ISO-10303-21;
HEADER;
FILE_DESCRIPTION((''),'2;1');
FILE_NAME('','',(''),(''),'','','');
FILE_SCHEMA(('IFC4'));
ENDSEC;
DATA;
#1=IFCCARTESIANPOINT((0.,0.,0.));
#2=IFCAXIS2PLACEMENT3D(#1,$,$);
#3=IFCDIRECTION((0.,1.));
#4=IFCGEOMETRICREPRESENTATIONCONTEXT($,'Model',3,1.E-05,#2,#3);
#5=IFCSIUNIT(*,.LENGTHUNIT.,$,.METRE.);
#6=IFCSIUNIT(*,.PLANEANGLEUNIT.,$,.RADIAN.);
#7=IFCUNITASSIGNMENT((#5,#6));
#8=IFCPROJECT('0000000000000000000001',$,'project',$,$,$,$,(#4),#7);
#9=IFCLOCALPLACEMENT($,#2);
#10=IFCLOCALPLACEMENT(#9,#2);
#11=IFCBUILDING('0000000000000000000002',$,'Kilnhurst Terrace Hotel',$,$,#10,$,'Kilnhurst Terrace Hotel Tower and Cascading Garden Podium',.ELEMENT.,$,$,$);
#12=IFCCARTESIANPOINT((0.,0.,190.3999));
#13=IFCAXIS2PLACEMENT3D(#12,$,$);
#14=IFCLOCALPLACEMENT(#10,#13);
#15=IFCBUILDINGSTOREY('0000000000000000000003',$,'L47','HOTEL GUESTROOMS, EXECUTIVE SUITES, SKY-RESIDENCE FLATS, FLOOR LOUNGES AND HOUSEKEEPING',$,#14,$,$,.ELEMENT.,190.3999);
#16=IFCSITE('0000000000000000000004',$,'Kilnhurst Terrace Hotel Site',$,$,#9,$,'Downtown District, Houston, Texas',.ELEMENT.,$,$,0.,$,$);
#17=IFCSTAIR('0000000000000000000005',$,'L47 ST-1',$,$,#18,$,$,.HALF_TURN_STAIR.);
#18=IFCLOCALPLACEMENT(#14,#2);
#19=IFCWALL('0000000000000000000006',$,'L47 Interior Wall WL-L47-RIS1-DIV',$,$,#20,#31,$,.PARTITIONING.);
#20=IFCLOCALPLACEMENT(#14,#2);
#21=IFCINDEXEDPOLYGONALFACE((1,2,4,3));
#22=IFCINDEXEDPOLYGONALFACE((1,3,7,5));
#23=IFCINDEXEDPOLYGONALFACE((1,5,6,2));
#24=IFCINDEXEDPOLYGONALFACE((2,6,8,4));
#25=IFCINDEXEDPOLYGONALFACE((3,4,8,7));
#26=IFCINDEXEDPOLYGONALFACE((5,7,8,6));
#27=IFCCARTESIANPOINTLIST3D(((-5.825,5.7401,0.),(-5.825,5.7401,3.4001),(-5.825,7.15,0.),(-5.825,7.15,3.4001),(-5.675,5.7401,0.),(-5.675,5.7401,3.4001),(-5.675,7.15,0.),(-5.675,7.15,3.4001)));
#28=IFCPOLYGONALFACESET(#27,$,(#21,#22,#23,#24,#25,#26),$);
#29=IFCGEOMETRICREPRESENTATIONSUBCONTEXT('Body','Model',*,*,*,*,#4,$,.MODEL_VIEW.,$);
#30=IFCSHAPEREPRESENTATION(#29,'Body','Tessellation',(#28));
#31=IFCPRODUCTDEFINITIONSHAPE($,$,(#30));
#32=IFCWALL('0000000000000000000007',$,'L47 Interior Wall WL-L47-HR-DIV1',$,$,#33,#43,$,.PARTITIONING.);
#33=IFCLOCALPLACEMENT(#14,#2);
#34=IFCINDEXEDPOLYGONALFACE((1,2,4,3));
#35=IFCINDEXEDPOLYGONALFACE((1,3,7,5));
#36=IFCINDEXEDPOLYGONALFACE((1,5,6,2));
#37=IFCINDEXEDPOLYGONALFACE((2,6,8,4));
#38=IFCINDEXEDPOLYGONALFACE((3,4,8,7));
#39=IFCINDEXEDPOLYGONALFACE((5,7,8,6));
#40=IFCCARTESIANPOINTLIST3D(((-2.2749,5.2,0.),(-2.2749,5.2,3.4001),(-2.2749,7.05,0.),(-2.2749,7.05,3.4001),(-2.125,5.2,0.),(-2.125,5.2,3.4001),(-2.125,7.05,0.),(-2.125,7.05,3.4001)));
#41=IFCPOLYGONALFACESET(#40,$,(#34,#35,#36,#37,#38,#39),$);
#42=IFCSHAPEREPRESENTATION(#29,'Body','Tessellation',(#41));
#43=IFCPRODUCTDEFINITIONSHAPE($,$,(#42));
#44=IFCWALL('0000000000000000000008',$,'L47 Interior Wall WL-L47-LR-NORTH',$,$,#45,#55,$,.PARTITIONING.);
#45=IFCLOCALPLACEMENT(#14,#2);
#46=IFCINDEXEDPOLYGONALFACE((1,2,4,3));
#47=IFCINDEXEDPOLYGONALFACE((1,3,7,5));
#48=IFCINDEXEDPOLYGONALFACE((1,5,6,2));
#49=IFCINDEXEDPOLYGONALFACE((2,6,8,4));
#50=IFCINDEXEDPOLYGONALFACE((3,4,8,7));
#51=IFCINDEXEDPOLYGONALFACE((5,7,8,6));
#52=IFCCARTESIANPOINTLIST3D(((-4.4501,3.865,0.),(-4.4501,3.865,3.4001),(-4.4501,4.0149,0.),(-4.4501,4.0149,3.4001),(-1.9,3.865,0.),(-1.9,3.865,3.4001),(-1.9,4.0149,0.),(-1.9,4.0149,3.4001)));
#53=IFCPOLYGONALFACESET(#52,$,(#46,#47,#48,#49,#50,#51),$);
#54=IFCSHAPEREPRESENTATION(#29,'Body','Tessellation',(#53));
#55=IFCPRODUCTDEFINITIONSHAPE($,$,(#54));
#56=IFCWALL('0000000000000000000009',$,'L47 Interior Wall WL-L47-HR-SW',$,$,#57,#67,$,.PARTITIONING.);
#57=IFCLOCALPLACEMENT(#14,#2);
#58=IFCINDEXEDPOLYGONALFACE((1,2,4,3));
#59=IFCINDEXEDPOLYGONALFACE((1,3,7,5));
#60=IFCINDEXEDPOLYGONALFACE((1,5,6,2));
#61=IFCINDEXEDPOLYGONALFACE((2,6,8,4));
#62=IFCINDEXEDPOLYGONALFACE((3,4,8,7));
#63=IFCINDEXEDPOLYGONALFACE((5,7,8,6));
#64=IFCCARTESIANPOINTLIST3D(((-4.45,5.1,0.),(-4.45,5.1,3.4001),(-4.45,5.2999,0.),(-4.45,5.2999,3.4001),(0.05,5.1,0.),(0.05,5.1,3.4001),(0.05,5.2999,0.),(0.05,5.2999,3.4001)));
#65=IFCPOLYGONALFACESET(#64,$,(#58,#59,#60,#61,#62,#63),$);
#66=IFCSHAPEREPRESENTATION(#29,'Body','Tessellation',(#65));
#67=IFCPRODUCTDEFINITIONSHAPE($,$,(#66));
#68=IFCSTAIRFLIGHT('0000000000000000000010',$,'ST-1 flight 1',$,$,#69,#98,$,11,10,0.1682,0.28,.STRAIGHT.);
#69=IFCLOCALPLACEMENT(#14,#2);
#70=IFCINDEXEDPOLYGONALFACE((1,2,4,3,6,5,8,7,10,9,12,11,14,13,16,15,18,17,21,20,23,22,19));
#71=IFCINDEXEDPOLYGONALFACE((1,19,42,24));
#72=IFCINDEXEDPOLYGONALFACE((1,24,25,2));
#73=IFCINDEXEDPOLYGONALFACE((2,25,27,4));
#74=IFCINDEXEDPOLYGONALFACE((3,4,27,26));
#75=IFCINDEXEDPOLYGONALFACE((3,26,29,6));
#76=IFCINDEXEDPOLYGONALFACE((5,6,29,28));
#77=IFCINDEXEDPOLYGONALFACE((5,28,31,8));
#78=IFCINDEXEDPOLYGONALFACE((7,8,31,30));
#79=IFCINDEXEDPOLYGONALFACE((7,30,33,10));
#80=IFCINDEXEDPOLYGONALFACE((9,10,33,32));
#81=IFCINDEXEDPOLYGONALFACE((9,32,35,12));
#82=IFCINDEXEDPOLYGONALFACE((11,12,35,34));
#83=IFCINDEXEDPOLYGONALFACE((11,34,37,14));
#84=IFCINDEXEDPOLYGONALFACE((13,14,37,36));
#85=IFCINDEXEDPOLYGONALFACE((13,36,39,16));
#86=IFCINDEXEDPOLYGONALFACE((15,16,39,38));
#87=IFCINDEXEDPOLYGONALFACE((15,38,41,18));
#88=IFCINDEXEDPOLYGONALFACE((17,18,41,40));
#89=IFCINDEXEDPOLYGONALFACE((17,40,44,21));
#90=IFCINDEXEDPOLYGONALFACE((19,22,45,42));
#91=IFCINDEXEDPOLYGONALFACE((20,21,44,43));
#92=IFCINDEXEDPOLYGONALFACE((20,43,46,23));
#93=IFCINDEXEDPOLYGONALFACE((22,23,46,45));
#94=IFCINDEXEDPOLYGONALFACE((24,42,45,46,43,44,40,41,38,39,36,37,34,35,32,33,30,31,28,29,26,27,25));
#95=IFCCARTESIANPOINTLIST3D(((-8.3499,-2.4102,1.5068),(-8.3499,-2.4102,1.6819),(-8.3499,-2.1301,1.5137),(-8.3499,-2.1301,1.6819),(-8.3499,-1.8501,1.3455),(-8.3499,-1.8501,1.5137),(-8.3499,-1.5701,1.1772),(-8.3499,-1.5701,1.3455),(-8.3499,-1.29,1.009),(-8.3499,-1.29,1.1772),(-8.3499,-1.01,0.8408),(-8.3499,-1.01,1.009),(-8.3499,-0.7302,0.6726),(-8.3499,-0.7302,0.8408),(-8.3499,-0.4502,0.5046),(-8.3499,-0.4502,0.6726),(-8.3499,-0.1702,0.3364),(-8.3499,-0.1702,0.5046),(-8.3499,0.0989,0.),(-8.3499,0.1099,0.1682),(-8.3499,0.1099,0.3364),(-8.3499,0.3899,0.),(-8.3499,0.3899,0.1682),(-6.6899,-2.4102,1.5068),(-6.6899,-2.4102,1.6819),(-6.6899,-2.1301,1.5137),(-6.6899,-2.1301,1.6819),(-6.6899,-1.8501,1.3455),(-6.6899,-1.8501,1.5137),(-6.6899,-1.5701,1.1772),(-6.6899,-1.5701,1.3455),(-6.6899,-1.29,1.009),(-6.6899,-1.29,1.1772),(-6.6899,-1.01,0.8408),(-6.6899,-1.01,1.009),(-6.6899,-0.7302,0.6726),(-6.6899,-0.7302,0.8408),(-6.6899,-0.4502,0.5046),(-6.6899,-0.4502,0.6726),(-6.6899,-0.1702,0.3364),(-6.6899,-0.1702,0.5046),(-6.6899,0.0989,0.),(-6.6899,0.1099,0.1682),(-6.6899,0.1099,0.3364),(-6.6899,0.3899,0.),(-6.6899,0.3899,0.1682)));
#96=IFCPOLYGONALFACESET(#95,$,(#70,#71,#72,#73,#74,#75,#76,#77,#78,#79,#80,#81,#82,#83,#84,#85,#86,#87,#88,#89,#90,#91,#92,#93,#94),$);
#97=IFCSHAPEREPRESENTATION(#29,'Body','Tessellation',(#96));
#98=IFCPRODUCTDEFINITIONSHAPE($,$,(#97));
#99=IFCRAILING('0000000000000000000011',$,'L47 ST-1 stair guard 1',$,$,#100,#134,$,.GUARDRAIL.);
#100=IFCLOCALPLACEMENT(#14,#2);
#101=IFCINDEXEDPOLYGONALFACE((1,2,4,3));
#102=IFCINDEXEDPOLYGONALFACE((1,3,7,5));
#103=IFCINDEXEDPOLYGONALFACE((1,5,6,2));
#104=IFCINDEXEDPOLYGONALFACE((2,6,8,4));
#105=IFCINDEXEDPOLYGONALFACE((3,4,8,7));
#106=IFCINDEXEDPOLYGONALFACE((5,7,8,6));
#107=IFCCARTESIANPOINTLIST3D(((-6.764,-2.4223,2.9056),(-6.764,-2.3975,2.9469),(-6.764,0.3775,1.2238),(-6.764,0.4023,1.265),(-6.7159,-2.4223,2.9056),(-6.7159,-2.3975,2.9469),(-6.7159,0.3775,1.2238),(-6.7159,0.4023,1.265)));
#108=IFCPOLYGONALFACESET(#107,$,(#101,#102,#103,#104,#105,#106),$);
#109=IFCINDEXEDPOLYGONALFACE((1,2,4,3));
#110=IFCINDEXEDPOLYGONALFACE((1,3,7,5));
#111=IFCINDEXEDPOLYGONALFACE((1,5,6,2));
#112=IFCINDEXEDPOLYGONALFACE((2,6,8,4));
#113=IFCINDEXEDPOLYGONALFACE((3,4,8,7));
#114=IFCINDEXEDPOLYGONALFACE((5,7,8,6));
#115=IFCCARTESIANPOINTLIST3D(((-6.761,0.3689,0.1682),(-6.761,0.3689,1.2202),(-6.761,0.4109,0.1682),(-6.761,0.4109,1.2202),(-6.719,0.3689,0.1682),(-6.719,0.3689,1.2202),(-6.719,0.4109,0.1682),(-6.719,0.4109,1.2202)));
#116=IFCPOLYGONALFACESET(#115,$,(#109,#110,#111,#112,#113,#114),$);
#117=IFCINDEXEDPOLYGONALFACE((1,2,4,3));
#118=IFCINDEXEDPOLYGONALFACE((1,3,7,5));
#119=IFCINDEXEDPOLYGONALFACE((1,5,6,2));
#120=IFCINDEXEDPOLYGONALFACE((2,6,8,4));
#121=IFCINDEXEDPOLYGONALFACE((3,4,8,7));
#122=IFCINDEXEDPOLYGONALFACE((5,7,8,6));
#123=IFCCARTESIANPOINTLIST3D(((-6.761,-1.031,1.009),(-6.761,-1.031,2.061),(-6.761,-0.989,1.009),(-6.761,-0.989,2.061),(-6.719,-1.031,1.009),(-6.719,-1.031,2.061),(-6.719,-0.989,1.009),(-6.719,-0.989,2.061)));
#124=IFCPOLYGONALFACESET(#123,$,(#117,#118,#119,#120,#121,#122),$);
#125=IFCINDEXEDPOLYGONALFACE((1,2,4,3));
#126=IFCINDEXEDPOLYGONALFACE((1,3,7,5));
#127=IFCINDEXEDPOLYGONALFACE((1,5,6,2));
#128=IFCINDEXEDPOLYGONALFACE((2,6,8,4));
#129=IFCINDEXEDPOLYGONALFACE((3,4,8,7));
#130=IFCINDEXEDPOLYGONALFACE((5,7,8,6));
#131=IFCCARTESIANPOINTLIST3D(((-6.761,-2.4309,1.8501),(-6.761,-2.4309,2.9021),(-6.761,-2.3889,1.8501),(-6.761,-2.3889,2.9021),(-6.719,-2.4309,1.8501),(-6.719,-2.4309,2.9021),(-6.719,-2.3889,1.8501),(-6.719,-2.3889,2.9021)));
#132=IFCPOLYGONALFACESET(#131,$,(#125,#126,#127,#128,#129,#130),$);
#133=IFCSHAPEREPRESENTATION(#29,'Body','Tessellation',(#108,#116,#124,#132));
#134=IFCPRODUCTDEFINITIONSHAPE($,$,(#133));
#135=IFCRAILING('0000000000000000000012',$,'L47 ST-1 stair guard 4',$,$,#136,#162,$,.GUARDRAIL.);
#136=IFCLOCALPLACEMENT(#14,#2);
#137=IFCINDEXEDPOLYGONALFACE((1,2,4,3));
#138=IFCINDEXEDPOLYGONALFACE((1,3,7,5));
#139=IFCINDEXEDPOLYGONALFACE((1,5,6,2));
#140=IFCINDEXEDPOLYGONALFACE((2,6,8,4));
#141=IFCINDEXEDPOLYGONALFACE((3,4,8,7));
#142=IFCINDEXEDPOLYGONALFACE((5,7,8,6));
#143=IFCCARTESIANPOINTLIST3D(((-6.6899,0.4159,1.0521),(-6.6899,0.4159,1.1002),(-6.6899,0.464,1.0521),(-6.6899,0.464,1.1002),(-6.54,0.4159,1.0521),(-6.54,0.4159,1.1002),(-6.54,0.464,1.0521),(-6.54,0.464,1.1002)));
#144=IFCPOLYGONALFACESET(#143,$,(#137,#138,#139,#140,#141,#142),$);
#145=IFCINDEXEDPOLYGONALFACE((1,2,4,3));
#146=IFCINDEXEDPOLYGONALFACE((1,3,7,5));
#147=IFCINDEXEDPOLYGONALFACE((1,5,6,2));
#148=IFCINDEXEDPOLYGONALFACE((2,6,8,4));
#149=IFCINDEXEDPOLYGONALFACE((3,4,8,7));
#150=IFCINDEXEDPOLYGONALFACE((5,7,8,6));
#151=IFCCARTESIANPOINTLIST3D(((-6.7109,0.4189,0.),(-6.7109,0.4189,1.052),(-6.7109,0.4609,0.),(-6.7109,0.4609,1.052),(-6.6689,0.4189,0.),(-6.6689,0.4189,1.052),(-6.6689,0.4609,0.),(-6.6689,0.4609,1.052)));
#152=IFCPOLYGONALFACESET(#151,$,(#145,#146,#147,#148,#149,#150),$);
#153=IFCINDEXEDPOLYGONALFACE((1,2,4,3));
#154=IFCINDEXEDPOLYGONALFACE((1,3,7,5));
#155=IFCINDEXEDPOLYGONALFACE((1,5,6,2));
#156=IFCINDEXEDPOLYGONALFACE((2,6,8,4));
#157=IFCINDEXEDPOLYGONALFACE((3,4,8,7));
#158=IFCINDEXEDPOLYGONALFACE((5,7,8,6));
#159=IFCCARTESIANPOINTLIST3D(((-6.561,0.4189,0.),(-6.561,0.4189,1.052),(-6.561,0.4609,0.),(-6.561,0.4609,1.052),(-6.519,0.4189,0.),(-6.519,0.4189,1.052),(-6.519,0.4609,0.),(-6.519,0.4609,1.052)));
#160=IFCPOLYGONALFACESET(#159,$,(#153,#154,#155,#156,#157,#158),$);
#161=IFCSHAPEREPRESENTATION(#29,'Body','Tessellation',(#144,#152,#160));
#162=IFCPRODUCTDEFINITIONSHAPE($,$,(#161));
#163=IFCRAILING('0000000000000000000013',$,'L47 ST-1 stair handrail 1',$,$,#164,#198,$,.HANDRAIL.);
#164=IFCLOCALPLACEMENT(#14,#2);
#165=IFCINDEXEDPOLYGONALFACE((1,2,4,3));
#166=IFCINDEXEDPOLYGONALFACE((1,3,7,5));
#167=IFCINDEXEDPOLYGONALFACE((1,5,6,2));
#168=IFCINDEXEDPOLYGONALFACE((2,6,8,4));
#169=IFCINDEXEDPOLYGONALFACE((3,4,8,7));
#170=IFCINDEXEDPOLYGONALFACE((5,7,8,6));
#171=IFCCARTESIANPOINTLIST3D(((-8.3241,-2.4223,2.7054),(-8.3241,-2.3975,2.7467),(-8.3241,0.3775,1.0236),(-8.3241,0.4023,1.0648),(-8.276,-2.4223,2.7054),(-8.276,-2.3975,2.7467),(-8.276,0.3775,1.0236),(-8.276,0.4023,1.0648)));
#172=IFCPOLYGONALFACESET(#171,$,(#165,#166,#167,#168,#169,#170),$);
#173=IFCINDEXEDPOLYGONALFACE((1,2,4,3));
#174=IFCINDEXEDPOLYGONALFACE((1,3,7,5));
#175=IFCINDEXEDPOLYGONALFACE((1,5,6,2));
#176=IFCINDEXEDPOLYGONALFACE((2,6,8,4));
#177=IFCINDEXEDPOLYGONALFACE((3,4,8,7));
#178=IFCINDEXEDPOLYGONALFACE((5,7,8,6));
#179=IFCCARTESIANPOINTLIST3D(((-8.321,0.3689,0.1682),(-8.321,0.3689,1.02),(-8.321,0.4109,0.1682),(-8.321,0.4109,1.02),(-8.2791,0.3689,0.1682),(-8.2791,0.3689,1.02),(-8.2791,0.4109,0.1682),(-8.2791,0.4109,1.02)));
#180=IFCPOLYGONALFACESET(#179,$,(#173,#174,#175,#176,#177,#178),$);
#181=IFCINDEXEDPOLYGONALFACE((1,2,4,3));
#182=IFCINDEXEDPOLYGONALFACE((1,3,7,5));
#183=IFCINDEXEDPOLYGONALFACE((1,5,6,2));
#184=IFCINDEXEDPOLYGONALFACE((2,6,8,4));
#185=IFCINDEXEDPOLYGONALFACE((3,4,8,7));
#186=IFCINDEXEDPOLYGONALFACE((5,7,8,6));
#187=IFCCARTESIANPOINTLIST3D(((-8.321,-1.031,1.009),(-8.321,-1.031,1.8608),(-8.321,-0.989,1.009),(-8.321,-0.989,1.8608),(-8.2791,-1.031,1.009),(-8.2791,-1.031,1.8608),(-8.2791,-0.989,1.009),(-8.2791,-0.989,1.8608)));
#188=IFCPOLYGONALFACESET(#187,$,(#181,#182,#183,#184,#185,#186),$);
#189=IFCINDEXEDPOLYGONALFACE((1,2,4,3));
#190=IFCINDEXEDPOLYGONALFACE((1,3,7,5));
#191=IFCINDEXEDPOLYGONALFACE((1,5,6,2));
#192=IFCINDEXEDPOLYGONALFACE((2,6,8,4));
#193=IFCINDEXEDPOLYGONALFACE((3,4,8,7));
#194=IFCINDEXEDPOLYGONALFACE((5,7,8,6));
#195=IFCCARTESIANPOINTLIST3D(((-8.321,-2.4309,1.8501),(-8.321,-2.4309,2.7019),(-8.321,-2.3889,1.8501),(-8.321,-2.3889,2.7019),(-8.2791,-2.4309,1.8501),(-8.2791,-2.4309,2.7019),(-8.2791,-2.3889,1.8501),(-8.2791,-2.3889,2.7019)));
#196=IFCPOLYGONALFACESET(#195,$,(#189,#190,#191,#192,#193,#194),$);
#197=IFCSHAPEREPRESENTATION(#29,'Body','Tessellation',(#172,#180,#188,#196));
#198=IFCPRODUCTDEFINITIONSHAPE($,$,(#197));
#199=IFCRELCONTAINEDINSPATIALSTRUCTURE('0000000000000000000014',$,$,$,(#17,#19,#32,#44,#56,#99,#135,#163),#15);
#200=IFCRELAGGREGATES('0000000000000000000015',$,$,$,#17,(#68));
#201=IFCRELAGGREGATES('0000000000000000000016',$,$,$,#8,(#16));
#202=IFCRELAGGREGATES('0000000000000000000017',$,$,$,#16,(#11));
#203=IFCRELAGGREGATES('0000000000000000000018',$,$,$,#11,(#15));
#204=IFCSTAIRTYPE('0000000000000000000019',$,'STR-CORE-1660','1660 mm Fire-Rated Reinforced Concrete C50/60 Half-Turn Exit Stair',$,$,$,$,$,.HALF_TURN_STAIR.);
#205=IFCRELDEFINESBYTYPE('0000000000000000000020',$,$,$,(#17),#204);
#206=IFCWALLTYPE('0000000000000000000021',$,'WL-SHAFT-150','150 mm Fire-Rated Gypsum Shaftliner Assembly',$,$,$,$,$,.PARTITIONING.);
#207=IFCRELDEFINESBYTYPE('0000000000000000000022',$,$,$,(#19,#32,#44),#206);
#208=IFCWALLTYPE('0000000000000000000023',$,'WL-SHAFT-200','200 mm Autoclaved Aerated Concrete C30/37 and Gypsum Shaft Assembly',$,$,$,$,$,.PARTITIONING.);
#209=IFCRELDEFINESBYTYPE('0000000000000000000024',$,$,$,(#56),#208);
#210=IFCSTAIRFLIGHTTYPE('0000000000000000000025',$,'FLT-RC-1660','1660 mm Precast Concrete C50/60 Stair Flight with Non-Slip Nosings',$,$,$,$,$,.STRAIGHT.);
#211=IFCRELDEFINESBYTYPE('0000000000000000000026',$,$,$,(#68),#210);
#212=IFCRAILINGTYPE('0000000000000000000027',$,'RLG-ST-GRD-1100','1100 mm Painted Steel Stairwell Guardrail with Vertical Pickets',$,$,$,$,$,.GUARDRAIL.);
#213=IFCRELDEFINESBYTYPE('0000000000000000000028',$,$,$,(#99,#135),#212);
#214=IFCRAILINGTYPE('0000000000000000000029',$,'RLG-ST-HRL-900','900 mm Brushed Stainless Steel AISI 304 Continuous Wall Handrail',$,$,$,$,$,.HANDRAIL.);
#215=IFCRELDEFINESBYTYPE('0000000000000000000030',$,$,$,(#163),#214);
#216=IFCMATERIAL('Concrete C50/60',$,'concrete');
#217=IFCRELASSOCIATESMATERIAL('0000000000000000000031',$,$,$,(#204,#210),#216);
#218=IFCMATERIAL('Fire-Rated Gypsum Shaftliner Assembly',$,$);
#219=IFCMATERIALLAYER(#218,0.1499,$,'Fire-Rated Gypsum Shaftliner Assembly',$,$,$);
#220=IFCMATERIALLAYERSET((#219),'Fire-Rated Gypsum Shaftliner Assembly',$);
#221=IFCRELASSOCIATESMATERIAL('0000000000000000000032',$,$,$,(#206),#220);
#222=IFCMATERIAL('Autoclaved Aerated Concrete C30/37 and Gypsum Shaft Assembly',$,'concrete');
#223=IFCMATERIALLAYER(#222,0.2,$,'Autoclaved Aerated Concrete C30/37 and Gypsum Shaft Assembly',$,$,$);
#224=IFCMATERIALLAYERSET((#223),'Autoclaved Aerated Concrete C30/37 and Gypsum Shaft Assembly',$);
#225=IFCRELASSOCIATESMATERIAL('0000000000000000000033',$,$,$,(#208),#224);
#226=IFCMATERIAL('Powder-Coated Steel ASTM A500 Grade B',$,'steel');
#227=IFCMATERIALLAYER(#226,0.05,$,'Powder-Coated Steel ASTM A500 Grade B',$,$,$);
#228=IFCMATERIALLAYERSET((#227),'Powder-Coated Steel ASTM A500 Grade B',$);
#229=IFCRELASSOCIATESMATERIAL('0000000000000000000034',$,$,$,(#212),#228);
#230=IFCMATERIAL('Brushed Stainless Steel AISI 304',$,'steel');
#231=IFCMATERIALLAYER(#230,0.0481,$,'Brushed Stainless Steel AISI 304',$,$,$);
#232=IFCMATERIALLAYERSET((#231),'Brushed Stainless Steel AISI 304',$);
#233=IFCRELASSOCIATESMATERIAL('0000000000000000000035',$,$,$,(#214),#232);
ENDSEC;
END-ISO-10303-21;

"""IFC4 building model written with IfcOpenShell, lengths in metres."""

from ifc_helpers import new_model, si_unit, direction, frame, frame_2d, origin, origin_2d, place, context, subcontext, project, spatial, polyline, rectangle, outline, extrude, material, layer, layer_set, type_object, element, aggregate, save


model = new_model("IFC4")

# Units and contexts
model_context = context("Model", 3, precision=1e-05, world=origin(), true_north=direction((0.0, 1.0)))
body_context = subcontext(model_context, "Body", "Model", "MODEL_VIEW")
ifc_project = project(units=[si_unit("LENGTHUNIT", "METRE"), si_unit("PLANEANGLEUNIT", "RADIAN")], contexts=[model_context])

# Site, building, storey
site_placement = place(None, origin())
site = spatial("IfcSite", under=ifc_project, at=site_placement, Name="Kilnhurst Terrace Hotel Site", LongName="Downtown District, Houston, Texas", CompositionType="ELEMENT", RefElevation=0.0)
building_placement = place(site_placement, origin())
building = spatial("IfcBuilding", under=site, at=building_placement, Name="Kilnhurst Terrace Hotel", LongName="Kilnhurst Terrace Hotel Tower and Cascading Garden Podium", CompositionType="ELEMENT")
storey_placement = place(building_placement, frame((0.0, 0.0, 190.3999)))
storey = spatial("IfcBuildingStorey", under=building, at=storey_placement, Name="L47", Description="HOTEL GUESTROOMS, EXECUTIVE SUITES, SKY-RESIDENCE FLATS, FLOOR LOUNGES AND HOUSEKEEPING", CompositionType="ELEMENT", Elevation=190.3999)

# Shared definitions
ifc_material_1 = material(Name="Concrete C50/60", Category="concrete")

# Stair
stair_type = type_object("IfcStairType", Name="STR-CORE-1660", Description="1660 mm Fire-Rated Reinforced Concrete C50/60 Half-Turn Exit Stair", PredefinedType="HALF_TURN_STAIR", material=ifc_material_1)
stair_1_placement = place(storey_placement, origin())
stair_1 = element("IfcStair", 1, at=stair_1_placement, inside=storey, type_object=stair_type, Name="L47 ST-1", PredefinedType="HALF_TURN_STAIR")

# Walls
ifc_material_2 = material(Name="Fire-Rated Gypsum Shaftliner Assembly")
ifc_layer_1 = layer(ifc_material_2, 0.1499, Name="Fire-Rated Gypsum Shaftliner Assembly")
ifc_layer_set_1 = layer_set([ifc_layer_1], Name="Fire-Rated Gypsum Shaftliner Assembly")
wall_type_1 = type_object("IfcWallType", Name="WL-SHAFT-150", Description="150 mm Fire-Rated Gypsum Shaftliner Assembly", PredefinedType="PARTITIONING", material=ifc_layer_set_1)
wall_1_placement = place(storey_placement, frame((-5.75, 5.74, 0.0), z_axis=(0.0, 0.0, 1.0), x_axis=(0.0, 1.0, 0.0)))
element("IfcWall", 2, at=wall_1_placement, inside=storey, type_object=wall_type_1, Name="L47 Interior Wall WL-L47-RIS1-DIV", PredefinedType="PARTITIONING", context=body_context, shape_type="SweptSolid", body=[
    extrude(rectangle(XDim=1.4099, YDim=0.1499, at=frame_2d((0.7051, 0.0))), origin(), (0.0, 0.0, 1.0), 3.4001),
])
wall_2_placement = place(storey_placement, frame((-2.2, 5.2, 0.0), z_axis=(0.0, 0.0, 1.0), x_axis=(0.0, 1.0, 0.0)))
element("IfcWall", 3, at=wall_2_placement, inside=storey, type_object=wall_type_1, Name="L47 Interior Wall WL-L47-HR-DIV1", PredefinedType="PARTITIONING", context=body_context, shape_type="SweptSolid", body=[
    extrude(rectangle(XDim=1.8501, YDim=0.1499, at=frame_2d((0.925, 0.0))), origin(), (0.0, 0.0, 1.0), 3.4001),
])
wall_3_placement = place(storey_placement, frame((-4.45, 3.9399, 0.0), z_axis=(0.0, 0.0, 1.0), x_axis=(1.0, 0.0, 0.0)))
element("IfcWall", 4, at=wall_3_placement, inside=storey, type_object=wall_type_1, Name="L47 Interior Wall WL-L47-LR-NORTH", PredefinedType="PARTITIONING", context=body_context, shape_type="SweptSolid", body=[
    extrude(rectangle(XDim=2.55, YDim=0.1499, at=frame_2d((1.2749, 0.0))), origin(), (0.0, 0.0, 1.0), 3.4001),
])
ifc_material_3 = material(Name="Autoclaved Aerated Concrete C30/37 and Gypsum Shaft Assembly", Category="concrete")
ifc_layer_2 = layer(ifc_material_3, 0.2, Name="Autoclaved Aerated Concrete C30/37 and Gypsum Shaft Assembly")
ifc_layer_set_2 = layer_set([ifc_layer_2], Name="Autoclaved Aerated Concrete C30/37 and Gypsum Shaft Assembly")
wall_type_2 = type_object("IfcWallType", Name="WL-SHAFT-200", Description="200 mm Autoclaved Aerated Concrete C30/37 and Gypsum Shaft Assembly", PredefinedType="PARTITIONING", material=ifc_layer_set_2)
wall_4_placement = place(storey_placement, frame((-4.45, 5.2, 0.0), z_axis=(0.0, 0.0, 1.0), x_axis=(1.0, 0.0, 0.0)))
element("IfcWall", 5, at=wall_4_placement, inside=storey, type_object=wall_type_2, Name="L47 Interior Wall WL-L47-HR-SW", PredefinedType="PARTITIONING", context=body_context, shape_type="SweptSolid", body=[
    extrude(rectangle(XDim=4.5, YDim=0.2, at=frame_2d((2.25, 0.0))), origin(), (0.0, 0.0, 1.0), 3.4001),
])

# Stair flight
stair_flight_type = type_object("IfcStairFlightType", Name="FLT-RC-1660", Description="1660 mm Precast Concrete C50/60 Stair Flight with Non-Slip Nosings", PredefinedType="STRAIGHT", material=ifc_material_1)
stair_flight_placement = place(storey_placement, frame((-7.52, 0.3899, 0.0), z_axis=(0.0, 0.0, 1.0), x_axis=(0.0, -1.0, 0.0)))
stair_flight = element("IfcStairFlight", 6, at=stair_flight_placement, type_object=stair_flight_type, Name="ST-1 flight 1", NumberOfRisers=11, NumberOfTreads=10, PredefinedType="STRAIGHT", RiserHeight=0.1682, TreadLength=0.28, context=body_context, shape_type="SweptSolid", body=[
    extrude(outline(polyline([(0.0, 0.0), (0.0, 0.1682), (0.28, 0.1682), (0.28, 0.3364), (0.5601, 0.3364), (0.5601, 0.5046), (0.8401, 0.5046), (0.8401, 0.6726), (1.1201, 0.6726), (1.1201, 0.8408), (1.3999, 0.8408), (1.3999, 1.009), (1.6799, 1.009), (1.6799, 1.1772), (1.96, 1.1772), (1.96, 1.3455), (2.24, 1.3455), (2.24, 1.5137), (2.52, 1.5137), (2.52, 1.6819), (2.8, 1.6819), (2.8, 1.8501), (2.8, 1.5068), (0.291, 0.0), (0.0, 0.0)])), frame((0.0, 0.8301, 0.0), z_axis=(0.0, -1.0, 0.0), x_axis=(1.0, 0.0, 0.0)), (0.0, 0.0, 1.0), 1.6599),
])
aggregate(stair_1, [stair_flight])

# Railings
ifc_material_4 = material(Name="Powder-Coated Steel ASTM A500 Grade B", Category="steel")
ifc_layer_3 = layer(ifc_material_4, 0.05, Name="Powder-Coated Steel ASTM A500 Grade B")
ifc_layer_set_3 = layer_set([ifc_layer_3], Name="Powder-Coated Steel ASTM A500 Grade B")
railing_type_1 = type_object("IfcRailingType", Name="RLG-ST-GRD-1100", Description="1100 mm Painted Steel Stairwell Guardrail with Vertical Pickets", PredefinedType="GUARDRAIL", material=ifc_layer_set_3)
railing_1_placement = place(storey_placement, frame((-6.74, 0.3899, 0.1682)))
element("IfcRailing", 7, at=railing_1_placement, inside=storey, type_object=railing_type_1, Name="L47 ST-1 stair guard 1", PredefinedType="GUARDRAIL", context=body_context, shape_type="SweptSolid", body=[
    extrude(rectangle(XDim=0.0481, YDim=0.0481, at=origin_2d()), frame((0.0, 0.0, 1.0762), z_axis=(0.0, -0.857222, 0.514946), x_axis=(1.0, 0.0, 0.0)), (0.0, 0.0, 1.0), 3.2661),
    extrude(rectangle(XDim=0.042, YDim=0.042, at=origin_2d()), origin(), (0.0, 0.0, 1.0), 1.052),
    extrude(rectangle(XDim=0.042, YDim=0.042, at=origin_2d()), frame((0.0, -1.3999, 0.8408)), (0.0, 0.0, 1.0), 1.052),
    extrude(rectangle(XDim=0.042, YDim=0.042, at=origin_2d()), frame((0.0, -2.7998, 1.6819)), (0.0, 0.0, 1.0), 1.052),
])
railing_2_placement = place(storey_placement, frame((-6.6899, 0.4399, 0.0)))
element("IfcRailing", 8, at=railing_2_placement, inside=storey, type_object=railing_type_1, Name="L47 ST-1 stair guard 4", PredefinedType="GUARDRAIL", context=body_context, shape_type="SweptSolid", body=[
    extrude(rectangle(XDim=0.0481, YDim=0.0481, at=origin_2d()), frame((0.0, 0.0, 1.0762), z_axis=(1.0, 0.0, 0.0), x_axis=(0.0, 1.0, 0.0)), (0.0, 0.0, 1.0), 0.1499),
    extrude(rectangle(XDim=0.042, YDim=0.042, at=origin_2d()), origin(), (0.0, 0.0, 1.0), 1.052),
    extrude(rectangle(XDim=0.042, YDim=0.042, at=origin_2d()), frame((0.1499, 0.0, 0.0)), (0.0, 0.0, 1.0), 1.052),
])
ifc_material_5 = material(Name="Brushed Stainless Steel AISI 304", Category="steel")
ifc_layer_4 = layer(ifc_material_5, 0.0481, Name="Brushed Stainless Steel AISI 304")
ifc_layer_set_4 = layer_set([ifc_layer_4], Name="Brushed Stainless Steel AISI 304")
railing_type_2 = type_object("IfcRailingType", Name="RLG-ST-HRL-900", Description="900 mm Brushed Stainless Steel AISI 304 Continuous Wall Handrail", PredefinedType="HANDRAIL", material=ifc_layer_set_4)
railing_3_placement = place(storey_placement, frame((-8.3, 0.3899, 0.1682)))
element("IfcRailing", 9, at=railing_3_placement, inside=storey, type_object=railing_type_2, Name="L47 ST-1 stair handrail 1", PredefinedType="HANDRAIL", context=body_context, shape_type="SweptSolid", body=[
    extrude(rectangle(XDim=0.0481, YDim=0.0481, at=origin_2d()), frame((0.0, 0.0, 0.876), z_axis=(0.0, -0.857222, 0.514946), x_axis=(1.0, 0.0, 0.0)), (0.0, 0.0, 1.0), 3.2661),
    extrude(rectangle(XDim=0.042, YDim=0.042, at=origin_2d()), origin(), (0.0, 0.0, 1.0), 0.8518),
    extrude(rectangle(XDim=0.042, YDim=0.042, at=origin_2d()), frame((0.0, -1.3999, 0.8408)), (0.0, 0.0, 1.0), 0.8518),
    extrude(rectangle(XDim=0.042, YDim=0.042, at=origin_2d()), frame((0.0, -2.7998, 1.6819)), (0.0, 0.0, 1.0), 0.8518),
])

save(model, "model.ifc")
